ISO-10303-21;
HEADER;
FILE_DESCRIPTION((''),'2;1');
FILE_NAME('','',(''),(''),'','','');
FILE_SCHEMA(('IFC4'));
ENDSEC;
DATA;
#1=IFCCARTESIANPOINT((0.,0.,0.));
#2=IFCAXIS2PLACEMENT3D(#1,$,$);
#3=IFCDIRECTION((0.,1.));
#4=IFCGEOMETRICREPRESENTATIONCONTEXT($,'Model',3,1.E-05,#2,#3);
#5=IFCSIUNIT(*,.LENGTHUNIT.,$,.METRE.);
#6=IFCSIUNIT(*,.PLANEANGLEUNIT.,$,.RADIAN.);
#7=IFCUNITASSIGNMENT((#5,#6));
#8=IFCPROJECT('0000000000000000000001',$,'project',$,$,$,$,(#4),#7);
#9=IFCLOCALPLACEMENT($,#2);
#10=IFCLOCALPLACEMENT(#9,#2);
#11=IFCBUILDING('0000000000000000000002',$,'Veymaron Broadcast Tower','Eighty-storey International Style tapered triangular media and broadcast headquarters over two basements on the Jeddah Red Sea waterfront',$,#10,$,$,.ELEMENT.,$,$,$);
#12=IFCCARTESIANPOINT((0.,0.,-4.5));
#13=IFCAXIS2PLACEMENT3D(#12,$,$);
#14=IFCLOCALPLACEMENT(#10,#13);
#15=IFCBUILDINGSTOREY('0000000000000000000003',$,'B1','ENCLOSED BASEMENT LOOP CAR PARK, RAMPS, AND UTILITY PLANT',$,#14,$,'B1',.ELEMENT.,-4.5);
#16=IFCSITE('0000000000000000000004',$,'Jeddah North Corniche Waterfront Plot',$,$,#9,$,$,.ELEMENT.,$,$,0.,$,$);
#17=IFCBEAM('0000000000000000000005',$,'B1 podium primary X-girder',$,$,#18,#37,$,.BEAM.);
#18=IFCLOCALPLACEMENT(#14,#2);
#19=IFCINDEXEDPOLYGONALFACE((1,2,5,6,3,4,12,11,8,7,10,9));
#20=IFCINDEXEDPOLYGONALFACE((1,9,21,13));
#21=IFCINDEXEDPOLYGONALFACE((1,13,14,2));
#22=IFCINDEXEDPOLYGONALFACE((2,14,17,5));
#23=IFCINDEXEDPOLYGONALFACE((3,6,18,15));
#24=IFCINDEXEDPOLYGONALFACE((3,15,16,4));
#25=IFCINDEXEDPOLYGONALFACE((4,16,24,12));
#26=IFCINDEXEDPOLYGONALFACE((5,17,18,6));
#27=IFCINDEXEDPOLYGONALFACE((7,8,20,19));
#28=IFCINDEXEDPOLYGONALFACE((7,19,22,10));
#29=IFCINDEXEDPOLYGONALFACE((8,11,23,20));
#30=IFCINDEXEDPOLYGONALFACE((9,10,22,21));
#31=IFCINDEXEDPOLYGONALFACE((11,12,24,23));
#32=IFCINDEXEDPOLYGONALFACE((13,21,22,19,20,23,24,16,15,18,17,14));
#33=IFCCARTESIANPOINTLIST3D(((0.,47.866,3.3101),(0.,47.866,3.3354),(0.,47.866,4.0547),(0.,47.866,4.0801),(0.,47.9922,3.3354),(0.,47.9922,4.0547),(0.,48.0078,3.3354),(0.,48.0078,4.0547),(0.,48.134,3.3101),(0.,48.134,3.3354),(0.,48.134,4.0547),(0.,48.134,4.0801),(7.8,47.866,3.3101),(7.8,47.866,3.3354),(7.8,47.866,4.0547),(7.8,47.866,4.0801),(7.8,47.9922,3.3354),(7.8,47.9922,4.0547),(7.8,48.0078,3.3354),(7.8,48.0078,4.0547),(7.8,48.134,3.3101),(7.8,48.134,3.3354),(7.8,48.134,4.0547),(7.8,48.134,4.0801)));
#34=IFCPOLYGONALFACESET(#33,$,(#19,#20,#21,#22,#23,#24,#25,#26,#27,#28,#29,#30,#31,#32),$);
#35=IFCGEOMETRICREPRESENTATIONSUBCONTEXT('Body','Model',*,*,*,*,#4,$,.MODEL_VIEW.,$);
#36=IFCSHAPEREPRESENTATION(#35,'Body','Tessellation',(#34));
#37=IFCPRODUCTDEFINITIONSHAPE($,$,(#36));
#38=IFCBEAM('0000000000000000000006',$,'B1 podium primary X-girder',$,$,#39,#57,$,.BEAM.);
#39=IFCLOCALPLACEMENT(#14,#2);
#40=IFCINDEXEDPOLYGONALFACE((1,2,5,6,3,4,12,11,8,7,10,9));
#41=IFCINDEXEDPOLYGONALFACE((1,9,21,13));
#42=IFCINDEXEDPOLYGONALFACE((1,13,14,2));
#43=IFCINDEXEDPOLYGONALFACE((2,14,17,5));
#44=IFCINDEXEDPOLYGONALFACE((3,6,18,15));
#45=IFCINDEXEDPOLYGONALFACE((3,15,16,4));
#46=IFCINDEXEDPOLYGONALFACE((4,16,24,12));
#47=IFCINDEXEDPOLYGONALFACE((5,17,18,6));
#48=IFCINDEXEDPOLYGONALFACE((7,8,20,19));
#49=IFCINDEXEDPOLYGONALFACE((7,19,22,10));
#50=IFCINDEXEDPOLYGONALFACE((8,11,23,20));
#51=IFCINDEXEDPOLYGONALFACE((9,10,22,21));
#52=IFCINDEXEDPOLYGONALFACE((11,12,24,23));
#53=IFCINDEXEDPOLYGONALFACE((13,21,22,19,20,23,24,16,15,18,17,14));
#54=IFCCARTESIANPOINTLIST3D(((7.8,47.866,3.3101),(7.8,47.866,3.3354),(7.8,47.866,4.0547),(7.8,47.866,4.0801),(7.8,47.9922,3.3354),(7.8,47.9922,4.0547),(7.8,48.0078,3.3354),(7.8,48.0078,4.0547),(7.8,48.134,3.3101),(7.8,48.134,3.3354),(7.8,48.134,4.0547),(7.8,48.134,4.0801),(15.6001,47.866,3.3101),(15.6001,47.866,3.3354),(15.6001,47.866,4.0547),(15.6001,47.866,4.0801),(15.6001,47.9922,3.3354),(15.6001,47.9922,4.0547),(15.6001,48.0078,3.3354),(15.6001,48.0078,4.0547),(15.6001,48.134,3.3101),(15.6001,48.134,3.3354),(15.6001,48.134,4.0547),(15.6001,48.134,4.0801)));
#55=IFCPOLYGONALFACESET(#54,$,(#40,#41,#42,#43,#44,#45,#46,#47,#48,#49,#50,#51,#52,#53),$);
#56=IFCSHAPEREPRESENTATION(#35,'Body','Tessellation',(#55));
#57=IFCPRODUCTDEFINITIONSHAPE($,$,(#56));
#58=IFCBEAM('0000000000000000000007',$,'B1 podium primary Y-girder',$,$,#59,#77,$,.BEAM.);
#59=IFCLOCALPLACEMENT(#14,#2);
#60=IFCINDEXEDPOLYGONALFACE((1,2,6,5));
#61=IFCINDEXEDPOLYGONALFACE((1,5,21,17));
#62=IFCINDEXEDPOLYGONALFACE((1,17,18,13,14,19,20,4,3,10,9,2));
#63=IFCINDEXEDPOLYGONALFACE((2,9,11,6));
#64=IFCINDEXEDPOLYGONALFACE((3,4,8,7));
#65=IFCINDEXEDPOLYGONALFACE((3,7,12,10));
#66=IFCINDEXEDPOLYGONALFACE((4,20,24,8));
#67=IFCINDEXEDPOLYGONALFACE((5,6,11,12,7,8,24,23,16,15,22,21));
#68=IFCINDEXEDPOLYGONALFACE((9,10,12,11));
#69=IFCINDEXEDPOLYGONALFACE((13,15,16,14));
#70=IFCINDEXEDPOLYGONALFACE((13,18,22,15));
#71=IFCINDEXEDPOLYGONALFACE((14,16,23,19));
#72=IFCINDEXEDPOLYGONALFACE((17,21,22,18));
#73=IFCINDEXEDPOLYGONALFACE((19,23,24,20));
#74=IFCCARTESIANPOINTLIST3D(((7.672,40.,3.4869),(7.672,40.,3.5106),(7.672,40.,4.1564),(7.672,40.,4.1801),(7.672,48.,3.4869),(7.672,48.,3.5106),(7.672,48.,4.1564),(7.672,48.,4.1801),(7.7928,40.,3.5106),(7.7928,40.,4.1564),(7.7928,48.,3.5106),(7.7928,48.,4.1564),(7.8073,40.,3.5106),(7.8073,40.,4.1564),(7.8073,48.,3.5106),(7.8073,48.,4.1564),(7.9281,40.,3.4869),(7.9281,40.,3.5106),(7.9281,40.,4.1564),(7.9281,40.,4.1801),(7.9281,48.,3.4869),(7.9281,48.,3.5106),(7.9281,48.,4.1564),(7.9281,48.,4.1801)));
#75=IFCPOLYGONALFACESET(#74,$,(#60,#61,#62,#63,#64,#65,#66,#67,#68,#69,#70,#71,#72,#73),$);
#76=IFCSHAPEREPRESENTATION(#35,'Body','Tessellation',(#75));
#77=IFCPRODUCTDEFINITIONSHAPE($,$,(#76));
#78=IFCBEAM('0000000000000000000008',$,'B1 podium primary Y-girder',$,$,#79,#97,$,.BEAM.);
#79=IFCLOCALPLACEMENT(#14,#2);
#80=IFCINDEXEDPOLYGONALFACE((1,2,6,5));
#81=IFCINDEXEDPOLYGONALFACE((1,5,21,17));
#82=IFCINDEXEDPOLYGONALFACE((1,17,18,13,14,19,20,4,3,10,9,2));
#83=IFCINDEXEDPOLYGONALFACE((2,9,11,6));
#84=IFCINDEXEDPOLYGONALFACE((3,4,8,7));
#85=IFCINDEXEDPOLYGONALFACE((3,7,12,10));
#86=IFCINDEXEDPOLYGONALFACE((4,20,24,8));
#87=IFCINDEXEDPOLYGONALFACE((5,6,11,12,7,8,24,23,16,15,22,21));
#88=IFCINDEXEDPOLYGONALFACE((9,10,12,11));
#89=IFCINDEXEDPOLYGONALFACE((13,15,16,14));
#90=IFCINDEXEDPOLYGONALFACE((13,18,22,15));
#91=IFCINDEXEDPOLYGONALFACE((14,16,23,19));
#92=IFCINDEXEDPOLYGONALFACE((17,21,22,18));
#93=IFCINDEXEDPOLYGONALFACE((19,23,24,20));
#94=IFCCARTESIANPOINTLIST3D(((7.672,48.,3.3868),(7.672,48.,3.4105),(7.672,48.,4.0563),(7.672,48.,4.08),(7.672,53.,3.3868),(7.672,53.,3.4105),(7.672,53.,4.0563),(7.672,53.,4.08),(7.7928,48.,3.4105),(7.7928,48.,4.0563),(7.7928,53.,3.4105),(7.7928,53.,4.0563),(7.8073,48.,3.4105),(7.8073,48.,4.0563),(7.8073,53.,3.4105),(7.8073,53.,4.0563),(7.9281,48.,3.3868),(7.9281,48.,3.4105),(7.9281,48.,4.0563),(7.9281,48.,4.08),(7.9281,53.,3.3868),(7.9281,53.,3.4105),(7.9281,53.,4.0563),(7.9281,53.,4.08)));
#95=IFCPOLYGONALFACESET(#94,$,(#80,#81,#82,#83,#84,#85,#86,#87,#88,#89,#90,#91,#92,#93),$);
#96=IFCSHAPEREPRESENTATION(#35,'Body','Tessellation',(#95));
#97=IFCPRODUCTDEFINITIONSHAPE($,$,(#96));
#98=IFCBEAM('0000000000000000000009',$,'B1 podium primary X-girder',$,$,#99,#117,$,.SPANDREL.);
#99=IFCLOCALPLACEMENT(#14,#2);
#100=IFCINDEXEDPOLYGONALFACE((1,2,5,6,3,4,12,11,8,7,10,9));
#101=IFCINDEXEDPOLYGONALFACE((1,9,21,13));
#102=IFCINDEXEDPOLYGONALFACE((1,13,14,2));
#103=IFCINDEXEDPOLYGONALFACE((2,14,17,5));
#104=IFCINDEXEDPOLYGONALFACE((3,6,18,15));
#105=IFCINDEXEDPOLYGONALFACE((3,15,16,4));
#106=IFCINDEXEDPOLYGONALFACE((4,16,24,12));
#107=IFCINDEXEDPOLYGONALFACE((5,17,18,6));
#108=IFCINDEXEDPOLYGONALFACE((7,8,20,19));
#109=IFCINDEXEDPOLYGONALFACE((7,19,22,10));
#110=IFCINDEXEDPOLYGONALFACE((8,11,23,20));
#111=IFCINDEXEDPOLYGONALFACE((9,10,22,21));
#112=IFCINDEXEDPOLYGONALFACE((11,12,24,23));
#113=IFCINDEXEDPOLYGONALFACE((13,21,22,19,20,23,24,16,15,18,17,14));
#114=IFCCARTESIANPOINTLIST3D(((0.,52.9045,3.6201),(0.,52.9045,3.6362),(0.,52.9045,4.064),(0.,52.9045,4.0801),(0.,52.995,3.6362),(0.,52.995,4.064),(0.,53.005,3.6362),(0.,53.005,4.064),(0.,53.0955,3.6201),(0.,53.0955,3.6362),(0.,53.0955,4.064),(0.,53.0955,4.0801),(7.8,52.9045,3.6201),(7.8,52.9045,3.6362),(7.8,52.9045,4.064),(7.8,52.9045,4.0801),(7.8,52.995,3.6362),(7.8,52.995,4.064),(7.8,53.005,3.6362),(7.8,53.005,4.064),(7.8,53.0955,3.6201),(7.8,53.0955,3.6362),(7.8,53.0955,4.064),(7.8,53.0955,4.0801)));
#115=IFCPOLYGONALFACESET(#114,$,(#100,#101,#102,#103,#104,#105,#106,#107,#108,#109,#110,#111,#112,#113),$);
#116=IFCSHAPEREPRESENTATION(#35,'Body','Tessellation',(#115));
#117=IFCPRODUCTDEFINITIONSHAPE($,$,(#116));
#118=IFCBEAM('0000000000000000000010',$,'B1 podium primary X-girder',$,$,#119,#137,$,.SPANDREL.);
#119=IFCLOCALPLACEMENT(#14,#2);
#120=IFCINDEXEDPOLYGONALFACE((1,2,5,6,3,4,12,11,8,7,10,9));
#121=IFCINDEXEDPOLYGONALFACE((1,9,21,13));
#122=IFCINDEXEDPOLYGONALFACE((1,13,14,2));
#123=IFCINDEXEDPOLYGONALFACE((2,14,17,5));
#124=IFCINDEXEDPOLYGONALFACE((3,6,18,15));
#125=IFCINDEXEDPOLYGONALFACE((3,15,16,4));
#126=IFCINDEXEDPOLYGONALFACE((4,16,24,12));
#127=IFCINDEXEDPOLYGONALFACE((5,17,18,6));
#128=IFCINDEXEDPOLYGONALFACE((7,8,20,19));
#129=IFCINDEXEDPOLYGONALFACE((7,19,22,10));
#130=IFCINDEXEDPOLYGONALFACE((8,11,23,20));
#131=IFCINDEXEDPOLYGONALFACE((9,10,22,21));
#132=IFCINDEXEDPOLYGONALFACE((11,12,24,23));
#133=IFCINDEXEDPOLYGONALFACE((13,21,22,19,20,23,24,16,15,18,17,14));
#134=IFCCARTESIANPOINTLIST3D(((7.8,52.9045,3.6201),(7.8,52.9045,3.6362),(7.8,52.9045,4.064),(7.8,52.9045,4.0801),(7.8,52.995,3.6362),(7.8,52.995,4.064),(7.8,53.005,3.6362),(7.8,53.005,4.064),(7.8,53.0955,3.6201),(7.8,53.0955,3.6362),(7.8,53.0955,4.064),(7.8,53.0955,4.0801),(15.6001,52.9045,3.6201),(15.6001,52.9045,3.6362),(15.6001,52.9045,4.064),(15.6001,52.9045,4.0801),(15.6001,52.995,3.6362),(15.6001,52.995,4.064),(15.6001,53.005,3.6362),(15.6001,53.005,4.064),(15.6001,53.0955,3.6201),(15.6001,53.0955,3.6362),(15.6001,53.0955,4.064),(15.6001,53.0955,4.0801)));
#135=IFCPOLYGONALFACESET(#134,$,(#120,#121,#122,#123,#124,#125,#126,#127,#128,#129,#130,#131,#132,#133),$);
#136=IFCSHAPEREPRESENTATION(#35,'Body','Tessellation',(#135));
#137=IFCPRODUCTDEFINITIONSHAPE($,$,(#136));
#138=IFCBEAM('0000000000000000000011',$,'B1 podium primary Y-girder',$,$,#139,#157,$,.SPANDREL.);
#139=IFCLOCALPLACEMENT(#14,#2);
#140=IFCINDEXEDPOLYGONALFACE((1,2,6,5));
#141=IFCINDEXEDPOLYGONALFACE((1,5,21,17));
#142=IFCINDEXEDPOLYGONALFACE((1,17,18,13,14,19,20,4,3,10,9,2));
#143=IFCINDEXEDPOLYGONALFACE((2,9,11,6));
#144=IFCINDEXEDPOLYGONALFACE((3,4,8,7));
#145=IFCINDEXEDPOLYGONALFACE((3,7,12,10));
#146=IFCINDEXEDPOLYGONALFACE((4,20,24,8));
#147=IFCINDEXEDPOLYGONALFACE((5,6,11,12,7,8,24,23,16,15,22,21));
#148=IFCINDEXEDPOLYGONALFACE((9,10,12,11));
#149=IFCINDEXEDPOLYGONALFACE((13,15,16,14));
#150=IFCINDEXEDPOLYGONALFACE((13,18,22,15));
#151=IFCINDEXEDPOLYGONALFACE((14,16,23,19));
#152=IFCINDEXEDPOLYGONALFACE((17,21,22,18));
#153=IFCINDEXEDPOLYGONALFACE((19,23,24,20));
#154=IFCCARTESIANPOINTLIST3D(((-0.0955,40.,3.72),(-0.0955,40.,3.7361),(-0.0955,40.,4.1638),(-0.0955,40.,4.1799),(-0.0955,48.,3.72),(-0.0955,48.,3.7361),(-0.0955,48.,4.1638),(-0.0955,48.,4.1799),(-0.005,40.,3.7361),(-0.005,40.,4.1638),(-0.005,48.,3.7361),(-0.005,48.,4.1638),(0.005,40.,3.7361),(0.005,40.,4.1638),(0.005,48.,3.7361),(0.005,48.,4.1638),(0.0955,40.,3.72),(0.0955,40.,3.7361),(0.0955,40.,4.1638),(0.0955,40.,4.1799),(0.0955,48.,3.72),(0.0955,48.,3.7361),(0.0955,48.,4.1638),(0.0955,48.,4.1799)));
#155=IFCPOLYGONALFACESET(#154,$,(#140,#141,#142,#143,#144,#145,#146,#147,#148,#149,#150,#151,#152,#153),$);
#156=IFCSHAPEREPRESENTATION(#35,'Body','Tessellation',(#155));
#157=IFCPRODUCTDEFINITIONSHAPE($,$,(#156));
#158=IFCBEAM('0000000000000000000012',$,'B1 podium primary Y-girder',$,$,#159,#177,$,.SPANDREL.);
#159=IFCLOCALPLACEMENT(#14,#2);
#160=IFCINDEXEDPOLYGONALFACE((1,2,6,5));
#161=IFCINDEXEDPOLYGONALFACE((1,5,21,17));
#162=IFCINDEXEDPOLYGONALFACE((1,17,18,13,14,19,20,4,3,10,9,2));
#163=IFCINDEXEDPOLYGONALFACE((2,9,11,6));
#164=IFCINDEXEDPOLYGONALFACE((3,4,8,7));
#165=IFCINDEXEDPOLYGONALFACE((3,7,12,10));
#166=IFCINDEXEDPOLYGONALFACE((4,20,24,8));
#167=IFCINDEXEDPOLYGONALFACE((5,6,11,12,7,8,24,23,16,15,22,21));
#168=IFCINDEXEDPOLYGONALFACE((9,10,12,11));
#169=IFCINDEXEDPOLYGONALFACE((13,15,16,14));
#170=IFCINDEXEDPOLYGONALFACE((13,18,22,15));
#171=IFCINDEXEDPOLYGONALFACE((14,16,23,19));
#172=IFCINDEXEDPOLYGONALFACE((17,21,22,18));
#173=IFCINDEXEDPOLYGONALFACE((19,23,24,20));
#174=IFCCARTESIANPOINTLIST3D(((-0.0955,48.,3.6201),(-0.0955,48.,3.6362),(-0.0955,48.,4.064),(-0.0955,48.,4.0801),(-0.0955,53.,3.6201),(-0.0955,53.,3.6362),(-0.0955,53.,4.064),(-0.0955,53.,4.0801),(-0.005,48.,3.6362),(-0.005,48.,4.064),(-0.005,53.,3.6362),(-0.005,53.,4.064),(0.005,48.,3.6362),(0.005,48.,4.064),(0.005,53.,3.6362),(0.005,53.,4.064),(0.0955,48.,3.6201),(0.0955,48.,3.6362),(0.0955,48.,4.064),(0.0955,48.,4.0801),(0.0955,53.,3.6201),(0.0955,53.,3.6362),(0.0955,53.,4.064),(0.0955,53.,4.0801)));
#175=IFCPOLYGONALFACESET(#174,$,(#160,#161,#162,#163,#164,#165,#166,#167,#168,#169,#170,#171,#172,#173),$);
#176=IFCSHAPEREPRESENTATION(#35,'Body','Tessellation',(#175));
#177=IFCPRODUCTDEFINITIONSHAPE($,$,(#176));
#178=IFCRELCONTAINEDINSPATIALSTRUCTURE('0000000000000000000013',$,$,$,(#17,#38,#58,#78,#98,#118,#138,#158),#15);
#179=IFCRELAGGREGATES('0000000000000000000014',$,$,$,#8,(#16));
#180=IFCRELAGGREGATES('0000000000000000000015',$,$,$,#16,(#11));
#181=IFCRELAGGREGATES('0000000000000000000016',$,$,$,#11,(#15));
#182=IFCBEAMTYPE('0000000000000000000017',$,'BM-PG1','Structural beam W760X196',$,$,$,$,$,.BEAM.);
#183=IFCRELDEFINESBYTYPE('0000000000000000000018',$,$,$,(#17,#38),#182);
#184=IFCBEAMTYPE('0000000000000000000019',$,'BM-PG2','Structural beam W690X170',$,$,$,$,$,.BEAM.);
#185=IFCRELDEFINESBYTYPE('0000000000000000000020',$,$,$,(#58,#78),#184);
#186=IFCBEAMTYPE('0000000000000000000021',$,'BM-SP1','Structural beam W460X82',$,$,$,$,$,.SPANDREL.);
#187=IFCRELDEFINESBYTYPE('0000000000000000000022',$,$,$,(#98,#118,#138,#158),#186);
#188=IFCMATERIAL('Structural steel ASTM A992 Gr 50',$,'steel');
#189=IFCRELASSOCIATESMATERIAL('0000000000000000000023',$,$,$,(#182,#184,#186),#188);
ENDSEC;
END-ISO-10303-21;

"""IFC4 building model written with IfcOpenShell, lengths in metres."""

from ifc_helpers import new_model, si_unit, direction, frame, origin, origin_2d, place, context, subcontext, project, spatial, i_section, extrude, material, material_profile, profile_set, type_object, element, save


model = new_model("IFC4")

# Units and contexts
model_context = context("Model", 3, precision=1e-05, world=origin(), true_north=direction((0.0, 1.0)))
body_context = subcontext(model_context, "Body", "Model", "MODEL_VIEW")
ifc_project = project(units=[si_unit("LENGTHUNIT", "METRE"), si_unit("PLANEANGLEUNIT", "RADIAN")], contexts=[model_context])

# Site, building, storey
site_placement = place(None, origin())
site = spatial("IfcSite", under=ifc_project, at=site_placement, Name="Jeddah North Corniche Waterfront Plot", CompositionType="ELEMENT", RefElevation=0.0)
building_placement = place(site_placement, origin())
building = spatial("IfcBuilding", under=site, at=building_placement, Name="Veymaron Broadcast Tower", Description="Eighty-storey International Style tapered triangular media and broadcast headquarters over two basements on the Jeddah Red Sea waterfront", CompositionType="ELEMENT")
storey_placement = place(building_placement, frame((0.0, 0.0, -4.5)))
storey = spatial("IfcBuildingStorey", under=building, at=storey_placement, Name="B1", Description="ENCLOSED BASEMENT LOOP CAR PARK, RAMPS, AND UTILITY PLANT", LongName="B1", CompositionType="ELEMENT", Elevation=-4.5)

# Beams
ifc_material_1 = material(Name="Structural steel ASTM A992 Gr 50", Category="steel")
ifc_material_profile_1 = material_profile(ifc_material_1, i_section(OverallWidth=0.2681, OverallDepth=0.77, WebThickness=0.0156, FlangeThickness=0.0254, at=origin_2d()), Name="W760X196")
ifc_profile_set_1 = profile_set([ifc_material_profile_1], Name="Structural steel ASTM A992 Gr 50")
beam_type_1 = type_object("IfcBeamType", Name="BM-PG1", Description="Structural beam W760X196", PredefinedType="BEAM", material=ifc_profile_set_1)
for number, where, z_axis, x_axis, name in (
    (1, (0.0, 48.0, 3.6951), (1.0, 0.0, 0.0), (0.0, 1.0, 0.0), "B1 podium primary X-girder"),
    (2, (7.8, 48.0, 3.6951), (1.0, 0.0, 0.0), (0.0, 1.0, 0.0), "B1 podium primary X-girder"),
):
    element("IfcBeam", number, at=place(storey_placement, frame(where, z_axis=z_axis, x_axis=x_axis)), inside=storey, type_object=beam_type_1, Name=name, PredefinedType="BEAM", context=body_context, shape_type="SweptSolid", body=[
        extrude(i_section(OverallWidth=0.2681, OverallDepth=0.77, WebThickness=0.0156, FlangeThickness=0.0254, at=origin_2d()), origin(), (0.0, 0.0, 1.0), 7.8),
    ])
ifc_material_profile_2 = material_profile(ifc_material_1, i_section(OverallWidth=0.2561, OverallDepth=0.6931, WebThickness=0.0144, FlangeThickness=0.0237, at=origin_2d()), Name="W690X170")
ifc_profile_set_2 = profile_set([ifc_material_profile_2], Name="Structural steel ASTM A992 Gr 50")
beam_type_2 = type_object("IfcBeamType", Name="BM-PG2", Description="Structural beam W690X170", PredefinedType="BEAM", material=ifc_profile_set_2)
beam_1_placement = place(storey_placement, frame((7.8, 40.0, 3.8335), z_axis=(0.0, 1.0, 0.0), x_axis=(-1.0, 0.0, 0.0)))
element("IfcBeam", 3, at=beam_1_placement, inside=storey, type_object=beam_type_2, Name="B1 podium primary Y-girder", PredefinedType="BEAM", context=body_context, shape_type="SweptSolid", body=[
    extrude(i_section(OverallWidth=0.2561, OverallDepth=0.6931, WebThickness=0.0144, FlangeThickness=0.0237, at=origin_2d()), origin(), (0.0, 0.0, 1.0), 8.0),
])
beam_2_placement = place(storey_placement, frame((7.8, 48.0, 3.7334), z_axis=(0.0, 1.0, 0.0), x_axis=(-1.0, 0.0, 0.0)))
element("IfcBeam", 4, at=beam_2_placement, inside=storey, type_object=beam_type_2, Name="B1 podium primary Y-girder", PredefinedType="BEAM", context=body_context, shape_type="SweptSolid", body=[
    extrude(i_section(OverallWidth=0.2561, OverallDepth=0.6931, WebThickness=0.0144, FlangeThickness=0.0237, at=origin_2d()), origin(), (0.0, 0.0, 1.0), 5.0),
])
ifc_material_profile_3 = material_profile(ifc_material_1, i_section(OverallWidth=0.1909, OverallDepth=0.46, WebThickness=0.01, FlangeThickness=0.0161, at=origin_2d()), Name="W460X82")
ifc_profile_set_3 = profile_set([ifc_material_profile_3], Name="Structural steel ASTM A992 Gr 50")
beam_type_3 = type_object("IfcBeamType", Name="BM-SP1", Description="Structural beam W460X82", PredefinedType="SPANDREL", material=ifc_profile_set_3)
for number, where, z_axis, x_axis, name in (
    (5, (0.0, 53.0, 3.8501), (1.0, 0.0, 0.0), (0.0, 1.0, 0.0), "B1 podium primary X-girder"),
    (6, (7.8, 53.0, 3.8501), (1.0, 0.0, 0.0), (0.0, 1.0, 0.0), "B1 podium primary X-girder"),
):
    element("IfcBeam", number, at=place(storey_placement, frame(where, z_axis=z_axis, x_axis=x_axis)), inside=storey, type_object=beam_type_3, Name=name, PredefinedType="SPANDREL", context=body_context, shape_type="SweptSolid", body=[
        extrude(i_section(OverallWidth=0.1909, OverallDepth=0.46, WebThickness=0.01, FlangeThickness=0.0161, at=origin_2d()), origin(), (0.0, 0.0, 1.0), 7.8),
    ])
beam_3_placement = place(storey_placement, frame((0.0, 40.0, 3.95), z_axis=(0.0, 1.0, 0.0), x_axis=(-1.0, 0.0, 0.0)))
element("IfcBeam", 7, at=beam_3_placement, inside=storey, type_object=beam_type_3, Name="B1 podium primary Y-girder", PredefinedType="SPANDREL", context=body_context, shape_type="SweptSolid", body=[
    extrude(i_section(OverallWidth=0.1909, OverallDepth=0.46, WebThickness=0.01, FlangeThickness=0.0161, at=origin_2d()), origin(), (0.0, 0.0, 1.0), 8.0),
])
beam_4_placement = place(storey_placement, frame((0.0, 48.0, 3.8501), z_axis=(0.0, 1.0, 0.0), x_axis=(-1.0, 0.0, 0.0)))
element("IfcBeam", 8, at=beam_4_placement, inside=storey, type_object=beam_type_3, Name="B1 podium primary Y-girder", PredefinedType="SPANDREL", context=body_context, shape_type="SweptSolid", body=[
    extrude(i_section(OverallWidth=0.1909, OverallDepth=0.46, WebThickness=0.01, FlangeThickness=0.0161, at=origin_2d()), origin(), (0.0, 0.0, 1.0), 5.0),
])

save(model, "model.ifc")
